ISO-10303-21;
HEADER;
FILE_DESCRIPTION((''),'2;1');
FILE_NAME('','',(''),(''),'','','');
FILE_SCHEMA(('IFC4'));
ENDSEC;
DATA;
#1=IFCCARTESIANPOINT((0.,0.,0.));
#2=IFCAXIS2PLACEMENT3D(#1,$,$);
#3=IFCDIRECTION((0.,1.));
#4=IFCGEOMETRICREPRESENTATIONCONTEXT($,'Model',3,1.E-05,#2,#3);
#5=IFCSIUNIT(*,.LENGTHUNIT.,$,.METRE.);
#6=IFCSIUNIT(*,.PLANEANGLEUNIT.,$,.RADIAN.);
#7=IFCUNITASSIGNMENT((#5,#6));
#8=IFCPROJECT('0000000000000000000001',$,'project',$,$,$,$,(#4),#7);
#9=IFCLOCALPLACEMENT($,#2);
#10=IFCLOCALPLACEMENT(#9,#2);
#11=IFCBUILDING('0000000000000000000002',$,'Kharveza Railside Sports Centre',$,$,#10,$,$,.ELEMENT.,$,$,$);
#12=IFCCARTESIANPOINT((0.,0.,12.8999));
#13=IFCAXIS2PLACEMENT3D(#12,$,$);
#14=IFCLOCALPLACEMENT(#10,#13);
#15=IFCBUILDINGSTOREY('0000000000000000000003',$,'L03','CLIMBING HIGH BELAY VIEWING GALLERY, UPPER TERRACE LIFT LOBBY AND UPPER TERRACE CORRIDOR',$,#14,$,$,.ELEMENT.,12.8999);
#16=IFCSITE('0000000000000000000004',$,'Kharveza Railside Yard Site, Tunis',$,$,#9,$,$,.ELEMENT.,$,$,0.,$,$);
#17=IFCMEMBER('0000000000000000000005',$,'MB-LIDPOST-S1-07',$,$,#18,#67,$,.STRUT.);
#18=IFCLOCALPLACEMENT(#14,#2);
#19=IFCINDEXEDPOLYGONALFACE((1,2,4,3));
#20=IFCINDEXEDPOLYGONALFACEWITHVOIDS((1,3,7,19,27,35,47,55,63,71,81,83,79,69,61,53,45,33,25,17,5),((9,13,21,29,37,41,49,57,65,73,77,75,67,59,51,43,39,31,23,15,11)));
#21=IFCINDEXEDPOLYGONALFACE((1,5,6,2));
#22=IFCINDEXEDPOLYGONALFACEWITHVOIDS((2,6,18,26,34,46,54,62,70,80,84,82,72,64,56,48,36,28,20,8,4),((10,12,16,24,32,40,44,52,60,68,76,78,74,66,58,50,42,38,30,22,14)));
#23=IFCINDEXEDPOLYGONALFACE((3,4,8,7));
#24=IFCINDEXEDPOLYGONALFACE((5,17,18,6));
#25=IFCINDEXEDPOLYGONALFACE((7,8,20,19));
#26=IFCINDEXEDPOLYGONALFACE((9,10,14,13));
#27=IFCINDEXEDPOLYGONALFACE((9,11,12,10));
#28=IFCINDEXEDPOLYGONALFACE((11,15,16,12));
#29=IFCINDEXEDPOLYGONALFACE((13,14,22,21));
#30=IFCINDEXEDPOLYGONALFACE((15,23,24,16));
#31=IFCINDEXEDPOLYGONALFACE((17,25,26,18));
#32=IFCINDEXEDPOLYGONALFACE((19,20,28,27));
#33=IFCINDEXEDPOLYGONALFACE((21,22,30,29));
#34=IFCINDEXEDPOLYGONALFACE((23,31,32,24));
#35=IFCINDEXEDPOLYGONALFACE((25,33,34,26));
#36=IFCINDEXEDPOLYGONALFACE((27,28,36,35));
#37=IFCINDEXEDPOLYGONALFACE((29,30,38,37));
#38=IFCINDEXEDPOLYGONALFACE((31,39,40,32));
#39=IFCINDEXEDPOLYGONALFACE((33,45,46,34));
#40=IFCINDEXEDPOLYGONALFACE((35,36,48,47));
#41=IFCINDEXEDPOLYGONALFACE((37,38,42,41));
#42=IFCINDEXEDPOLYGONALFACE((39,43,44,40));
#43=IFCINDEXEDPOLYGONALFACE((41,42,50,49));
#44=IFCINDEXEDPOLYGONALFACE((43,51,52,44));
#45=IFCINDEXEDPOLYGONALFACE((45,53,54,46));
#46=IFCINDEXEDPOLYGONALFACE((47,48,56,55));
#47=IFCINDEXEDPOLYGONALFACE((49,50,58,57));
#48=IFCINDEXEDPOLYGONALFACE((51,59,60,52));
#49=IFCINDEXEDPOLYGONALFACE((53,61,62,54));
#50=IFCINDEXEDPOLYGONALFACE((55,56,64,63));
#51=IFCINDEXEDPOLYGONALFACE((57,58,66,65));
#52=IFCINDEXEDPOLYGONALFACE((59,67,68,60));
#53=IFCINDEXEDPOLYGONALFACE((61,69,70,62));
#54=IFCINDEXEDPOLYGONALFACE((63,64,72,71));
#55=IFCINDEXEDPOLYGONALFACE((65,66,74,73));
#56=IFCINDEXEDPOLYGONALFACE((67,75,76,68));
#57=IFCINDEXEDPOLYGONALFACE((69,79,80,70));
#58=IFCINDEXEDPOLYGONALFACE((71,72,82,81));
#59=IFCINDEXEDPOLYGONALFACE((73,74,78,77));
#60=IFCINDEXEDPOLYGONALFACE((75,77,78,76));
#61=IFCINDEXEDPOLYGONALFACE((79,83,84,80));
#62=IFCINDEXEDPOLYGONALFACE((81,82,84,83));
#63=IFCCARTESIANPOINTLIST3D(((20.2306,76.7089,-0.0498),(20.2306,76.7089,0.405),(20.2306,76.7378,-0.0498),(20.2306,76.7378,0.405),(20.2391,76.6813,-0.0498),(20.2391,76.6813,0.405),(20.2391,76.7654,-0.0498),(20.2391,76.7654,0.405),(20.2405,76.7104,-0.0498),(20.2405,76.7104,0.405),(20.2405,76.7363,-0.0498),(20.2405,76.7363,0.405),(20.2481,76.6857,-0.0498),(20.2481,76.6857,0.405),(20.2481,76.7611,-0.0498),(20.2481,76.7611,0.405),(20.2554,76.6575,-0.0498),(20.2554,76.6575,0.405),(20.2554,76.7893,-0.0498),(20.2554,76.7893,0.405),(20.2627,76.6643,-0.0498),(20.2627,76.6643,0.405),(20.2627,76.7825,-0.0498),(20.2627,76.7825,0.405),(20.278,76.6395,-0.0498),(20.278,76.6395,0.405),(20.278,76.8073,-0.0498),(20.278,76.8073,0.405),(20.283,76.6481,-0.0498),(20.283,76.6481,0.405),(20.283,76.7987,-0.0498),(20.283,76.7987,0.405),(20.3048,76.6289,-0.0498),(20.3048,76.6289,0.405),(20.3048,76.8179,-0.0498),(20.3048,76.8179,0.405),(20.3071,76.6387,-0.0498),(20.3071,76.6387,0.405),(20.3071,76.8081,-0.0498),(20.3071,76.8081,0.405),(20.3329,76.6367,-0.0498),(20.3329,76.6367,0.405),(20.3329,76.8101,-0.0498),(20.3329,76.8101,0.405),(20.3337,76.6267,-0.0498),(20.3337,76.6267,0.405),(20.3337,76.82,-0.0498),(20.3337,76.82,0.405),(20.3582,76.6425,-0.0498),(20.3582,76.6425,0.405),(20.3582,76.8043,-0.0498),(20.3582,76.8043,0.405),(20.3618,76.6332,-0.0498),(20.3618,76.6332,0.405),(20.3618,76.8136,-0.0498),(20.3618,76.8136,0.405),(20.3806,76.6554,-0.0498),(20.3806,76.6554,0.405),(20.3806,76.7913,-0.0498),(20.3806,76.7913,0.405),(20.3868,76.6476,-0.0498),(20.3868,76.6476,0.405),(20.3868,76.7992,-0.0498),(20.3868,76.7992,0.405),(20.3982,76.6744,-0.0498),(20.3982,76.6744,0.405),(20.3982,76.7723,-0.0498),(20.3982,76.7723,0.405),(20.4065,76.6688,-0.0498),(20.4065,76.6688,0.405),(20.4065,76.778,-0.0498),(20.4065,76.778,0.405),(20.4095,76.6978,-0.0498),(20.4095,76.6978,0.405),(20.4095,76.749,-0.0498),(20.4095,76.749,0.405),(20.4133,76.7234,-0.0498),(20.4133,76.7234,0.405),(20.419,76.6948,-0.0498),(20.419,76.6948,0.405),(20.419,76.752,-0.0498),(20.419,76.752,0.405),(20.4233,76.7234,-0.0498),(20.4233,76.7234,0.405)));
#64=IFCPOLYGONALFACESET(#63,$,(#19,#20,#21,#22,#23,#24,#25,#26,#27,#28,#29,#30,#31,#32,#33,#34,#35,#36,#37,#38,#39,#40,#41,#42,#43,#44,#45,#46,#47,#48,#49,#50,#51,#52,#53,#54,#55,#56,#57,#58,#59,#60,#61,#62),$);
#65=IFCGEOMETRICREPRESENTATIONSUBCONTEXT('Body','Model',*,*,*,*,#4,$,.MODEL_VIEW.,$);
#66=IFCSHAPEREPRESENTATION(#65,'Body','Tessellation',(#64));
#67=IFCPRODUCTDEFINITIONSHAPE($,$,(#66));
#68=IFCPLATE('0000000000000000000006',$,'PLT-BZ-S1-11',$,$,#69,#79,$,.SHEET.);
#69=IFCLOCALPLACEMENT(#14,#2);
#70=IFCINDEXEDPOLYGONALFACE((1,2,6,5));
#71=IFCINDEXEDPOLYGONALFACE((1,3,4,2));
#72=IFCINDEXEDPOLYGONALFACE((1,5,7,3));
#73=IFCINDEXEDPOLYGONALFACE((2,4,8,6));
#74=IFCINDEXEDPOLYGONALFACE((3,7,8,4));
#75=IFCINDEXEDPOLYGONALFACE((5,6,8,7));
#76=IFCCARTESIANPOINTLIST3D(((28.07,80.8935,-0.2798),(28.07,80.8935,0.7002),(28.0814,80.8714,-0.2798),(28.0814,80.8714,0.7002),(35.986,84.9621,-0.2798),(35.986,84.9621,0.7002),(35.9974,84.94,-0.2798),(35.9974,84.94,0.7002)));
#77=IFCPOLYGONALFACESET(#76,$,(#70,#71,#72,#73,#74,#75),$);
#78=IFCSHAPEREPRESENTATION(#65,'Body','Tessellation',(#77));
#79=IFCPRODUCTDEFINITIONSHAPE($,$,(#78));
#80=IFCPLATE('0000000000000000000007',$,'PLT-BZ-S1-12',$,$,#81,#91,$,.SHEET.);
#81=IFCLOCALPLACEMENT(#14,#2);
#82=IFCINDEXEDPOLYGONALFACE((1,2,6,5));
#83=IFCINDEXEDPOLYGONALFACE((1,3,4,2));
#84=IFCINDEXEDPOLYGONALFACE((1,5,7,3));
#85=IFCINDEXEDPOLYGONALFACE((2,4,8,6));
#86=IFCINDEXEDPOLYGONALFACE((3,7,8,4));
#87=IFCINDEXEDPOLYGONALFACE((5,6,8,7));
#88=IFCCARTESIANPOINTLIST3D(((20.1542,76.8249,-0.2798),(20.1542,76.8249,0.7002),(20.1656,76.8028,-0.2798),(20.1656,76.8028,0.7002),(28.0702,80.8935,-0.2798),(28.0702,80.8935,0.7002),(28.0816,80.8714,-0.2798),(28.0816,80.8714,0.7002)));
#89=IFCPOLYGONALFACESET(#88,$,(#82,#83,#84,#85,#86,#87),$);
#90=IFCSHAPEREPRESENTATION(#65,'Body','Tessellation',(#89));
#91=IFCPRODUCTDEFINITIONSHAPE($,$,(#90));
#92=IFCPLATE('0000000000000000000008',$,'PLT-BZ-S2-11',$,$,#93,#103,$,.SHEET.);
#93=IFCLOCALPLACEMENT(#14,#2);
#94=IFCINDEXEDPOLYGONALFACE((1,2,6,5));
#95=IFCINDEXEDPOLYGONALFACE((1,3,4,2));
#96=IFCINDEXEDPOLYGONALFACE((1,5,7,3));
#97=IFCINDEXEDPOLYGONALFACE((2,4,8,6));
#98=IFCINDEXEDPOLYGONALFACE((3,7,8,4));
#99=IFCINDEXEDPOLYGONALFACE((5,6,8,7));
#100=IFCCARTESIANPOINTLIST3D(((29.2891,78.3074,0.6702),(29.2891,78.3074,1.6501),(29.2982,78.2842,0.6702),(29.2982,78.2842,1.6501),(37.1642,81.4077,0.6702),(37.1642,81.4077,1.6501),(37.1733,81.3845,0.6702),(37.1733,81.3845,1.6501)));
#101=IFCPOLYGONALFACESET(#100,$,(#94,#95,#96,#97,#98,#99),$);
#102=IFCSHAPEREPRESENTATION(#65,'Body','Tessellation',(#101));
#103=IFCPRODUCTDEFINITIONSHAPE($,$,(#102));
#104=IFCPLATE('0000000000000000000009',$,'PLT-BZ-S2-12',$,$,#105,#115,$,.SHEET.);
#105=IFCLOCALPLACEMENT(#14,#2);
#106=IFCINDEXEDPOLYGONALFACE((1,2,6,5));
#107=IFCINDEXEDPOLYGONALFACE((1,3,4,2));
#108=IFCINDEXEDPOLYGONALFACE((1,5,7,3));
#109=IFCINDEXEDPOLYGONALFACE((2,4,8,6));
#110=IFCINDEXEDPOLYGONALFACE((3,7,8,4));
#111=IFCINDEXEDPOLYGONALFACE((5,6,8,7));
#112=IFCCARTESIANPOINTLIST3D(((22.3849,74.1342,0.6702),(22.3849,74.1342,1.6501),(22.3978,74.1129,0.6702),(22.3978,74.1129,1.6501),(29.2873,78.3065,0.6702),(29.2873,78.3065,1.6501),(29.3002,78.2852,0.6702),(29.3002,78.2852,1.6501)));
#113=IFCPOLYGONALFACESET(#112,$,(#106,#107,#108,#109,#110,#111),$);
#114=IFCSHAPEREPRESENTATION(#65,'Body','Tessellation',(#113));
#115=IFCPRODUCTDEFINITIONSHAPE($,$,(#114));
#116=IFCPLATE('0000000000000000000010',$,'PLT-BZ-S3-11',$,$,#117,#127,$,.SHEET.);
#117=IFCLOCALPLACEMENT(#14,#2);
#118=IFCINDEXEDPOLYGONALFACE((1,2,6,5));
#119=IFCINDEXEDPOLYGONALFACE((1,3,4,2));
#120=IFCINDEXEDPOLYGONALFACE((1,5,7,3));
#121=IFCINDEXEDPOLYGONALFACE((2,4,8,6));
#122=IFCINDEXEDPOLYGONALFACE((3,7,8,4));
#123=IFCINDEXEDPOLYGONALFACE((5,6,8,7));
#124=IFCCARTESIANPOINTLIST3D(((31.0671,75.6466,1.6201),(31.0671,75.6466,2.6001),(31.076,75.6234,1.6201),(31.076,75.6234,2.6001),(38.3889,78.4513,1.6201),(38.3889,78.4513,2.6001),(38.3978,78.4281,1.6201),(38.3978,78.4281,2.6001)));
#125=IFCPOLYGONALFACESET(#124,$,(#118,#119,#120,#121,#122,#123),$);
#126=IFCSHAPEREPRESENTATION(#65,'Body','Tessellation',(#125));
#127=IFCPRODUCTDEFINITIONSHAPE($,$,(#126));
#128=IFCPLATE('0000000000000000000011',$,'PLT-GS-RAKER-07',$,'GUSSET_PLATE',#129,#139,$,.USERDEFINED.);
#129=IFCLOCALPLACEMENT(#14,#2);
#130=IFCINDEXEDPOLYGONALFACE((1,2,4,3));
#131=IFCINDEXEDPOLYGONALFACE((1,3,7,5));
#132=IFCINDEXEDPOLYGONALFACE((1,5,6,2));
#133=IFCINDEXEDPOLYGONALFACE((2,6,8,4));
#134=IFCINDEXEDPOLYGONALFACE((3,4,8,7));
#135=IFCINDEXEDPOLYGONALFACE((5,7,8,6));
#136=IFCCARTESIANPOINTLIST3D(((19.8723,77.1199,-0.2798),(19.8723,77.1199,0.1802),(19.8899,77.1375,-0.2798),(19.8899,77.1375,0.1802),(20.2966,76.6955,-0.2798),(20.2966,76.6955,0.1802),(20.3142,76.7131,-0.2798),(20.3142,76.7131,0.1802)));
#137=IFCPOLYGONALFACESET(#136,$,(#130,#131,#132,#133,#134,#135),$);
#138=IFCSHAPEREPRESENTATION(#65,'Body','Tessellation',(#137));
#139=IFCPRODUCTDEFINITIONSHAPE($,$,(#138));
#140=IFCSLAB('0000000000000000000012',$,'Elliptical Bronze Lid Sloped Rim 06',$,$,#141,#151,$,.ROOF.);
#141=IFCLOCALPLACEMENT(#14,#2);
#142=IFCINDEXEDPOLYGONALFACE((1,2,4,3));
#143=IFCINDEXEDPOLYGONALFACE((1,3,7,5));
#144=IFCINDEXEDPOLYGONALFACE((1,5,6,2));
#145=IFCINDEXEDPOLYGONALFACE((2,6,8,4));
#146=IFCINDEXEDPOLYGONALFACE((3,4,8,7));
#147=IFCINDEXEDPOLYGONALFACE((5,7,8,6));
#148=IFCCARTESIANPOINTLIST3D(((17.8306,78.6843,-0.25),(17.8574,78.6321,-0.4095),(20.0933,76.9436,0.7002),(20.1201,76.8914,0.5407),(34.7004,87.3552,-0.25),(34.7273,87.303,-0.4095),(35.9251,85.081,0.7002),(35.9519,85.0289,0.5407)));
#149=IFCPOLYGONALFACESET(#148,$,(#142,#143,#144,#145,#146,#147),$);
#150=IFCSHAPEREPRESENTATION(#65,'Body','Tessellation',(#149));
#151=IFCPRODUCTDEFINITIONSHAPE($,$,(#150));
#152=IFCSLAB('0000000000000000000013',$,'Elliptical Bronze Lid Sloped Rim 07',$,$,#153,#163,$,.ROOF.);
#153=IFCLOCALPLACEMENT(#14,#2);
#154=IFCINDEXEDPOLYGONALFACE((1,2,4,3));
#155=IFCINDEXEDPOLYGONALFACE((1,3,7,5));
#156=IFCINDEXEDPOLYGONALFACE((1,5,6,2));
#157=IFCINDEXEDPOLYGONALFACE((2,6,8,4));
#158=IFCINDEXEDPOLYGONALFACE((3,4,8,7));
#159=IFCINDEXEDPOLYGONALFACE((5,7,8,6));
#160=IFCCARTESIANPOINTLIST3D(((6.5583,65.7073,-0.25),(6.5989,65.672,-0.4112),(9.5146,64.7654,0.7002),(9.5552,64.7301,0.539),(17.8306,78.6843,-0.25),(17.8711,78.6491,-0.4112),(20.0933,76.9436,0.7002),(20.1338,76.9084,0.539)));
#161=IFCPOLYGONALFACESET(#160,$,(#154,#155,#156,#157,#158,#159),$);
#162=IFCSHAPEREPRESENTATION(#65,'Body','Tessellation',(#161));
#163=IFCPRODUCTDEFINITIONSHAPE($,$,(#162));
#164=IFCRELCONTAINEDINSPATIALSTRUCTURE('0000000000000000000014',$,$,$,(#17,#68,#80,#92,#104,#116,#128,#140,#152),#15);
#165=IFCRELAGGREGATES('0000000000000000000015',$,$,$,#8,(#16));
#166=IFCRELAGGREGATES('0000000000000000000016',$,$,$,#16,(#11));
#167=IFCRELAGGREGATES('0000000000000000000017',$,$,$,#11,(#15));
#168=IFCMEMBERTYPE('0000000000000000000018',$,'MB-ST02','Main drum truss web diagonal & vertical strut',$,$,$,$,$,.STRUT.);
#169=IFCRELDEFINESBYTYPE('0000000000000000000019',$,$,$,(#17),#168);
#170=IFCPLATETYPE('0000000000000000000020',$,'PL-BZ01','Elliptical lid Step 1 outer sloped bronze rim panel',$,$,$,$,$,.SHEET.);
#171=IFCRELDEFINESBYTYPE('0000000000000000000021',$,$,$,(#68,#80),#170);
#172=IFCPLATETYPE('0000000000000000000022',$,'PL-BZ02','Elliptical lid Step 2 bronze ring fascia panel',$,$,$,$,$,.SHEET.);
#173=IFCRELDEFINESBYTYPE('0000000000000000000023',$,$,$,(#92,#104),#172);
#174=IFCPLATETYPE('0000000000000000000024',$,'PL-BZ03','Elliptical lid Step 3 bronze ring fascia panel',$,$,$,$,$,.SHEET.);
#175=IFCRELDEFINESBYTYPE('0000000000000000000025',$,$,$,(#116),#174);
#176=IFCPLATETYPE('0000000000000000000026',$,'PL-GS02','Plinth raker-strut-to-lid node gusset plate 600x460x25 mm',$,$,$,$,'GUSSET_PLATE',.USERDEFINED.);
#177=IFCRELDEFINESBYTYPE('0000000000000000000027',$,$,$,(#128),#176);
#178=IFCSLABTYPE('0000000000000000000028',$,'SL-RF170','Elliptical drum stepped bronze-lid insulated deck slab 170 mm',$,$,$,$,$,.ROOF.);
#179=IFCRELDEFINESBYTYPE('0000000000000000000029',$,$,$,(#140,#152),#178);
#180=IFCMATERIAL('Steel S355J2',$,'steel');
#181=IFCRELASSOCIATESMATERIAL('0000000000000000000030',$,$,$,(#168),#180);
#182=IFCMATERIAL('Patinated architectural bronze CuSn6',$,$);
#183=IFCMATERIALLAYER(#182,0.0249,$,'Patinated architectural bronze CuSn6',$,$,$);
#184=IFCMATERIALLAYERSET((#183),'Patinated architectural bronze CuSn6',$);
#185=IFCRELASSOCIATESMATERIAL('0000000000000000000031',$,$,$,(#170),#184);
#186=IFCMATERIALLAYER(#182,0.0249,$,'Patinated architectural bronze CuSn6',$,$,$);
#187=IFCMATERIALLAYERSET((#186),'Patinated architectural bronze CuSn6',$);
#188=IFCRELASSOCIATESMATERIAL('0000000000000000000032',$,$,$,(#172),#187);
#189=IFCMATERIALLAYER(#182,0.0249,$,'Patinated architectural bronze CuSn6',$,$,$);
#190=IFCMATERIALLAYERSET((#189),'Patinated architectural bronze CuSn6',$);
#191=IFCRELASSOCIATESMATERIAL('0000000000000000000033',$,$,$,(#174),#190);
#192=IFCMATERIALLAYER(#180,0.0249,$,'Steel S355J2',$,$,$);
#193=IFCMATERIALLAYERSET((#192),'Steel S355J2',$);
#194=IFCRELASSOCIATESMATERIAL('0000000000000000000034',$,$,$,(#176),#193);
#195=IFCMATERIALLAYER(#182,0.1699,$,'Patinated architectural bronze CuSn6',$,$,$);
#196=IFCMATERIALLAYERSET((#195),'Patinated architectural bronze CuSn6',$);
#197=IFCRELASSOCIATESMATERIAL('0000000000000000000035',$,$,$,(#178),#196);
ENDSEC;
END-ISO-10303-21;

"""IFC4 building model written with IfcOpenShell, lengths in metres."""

from ifc_helpers import new_model, si_unit, direction, frame, origin, origin_2d, place, context, subcontext, project, spatial, polyline, rectangle, hollow_circle, outline, extrude, material, layer, layer_set, material_profile, profile_set, type_object, element, save


model = new_model("IFC4")

# Units and contexts
model_context = context("Model", 3, precision=1e-05, world=origin(), true_north=direction((0.0, 1.0)))
body_context = subcontext(model_context, "Body", "Model", "MODEL_VIEW")
ifc_project = project(units=[si_unit("LENGTHUNIT", "METRE"), si_unit("PLANEANGLEUNIT", "RADIAN")], contexts=[model_context])

# Site, building, storey
site_placement = place(None, origin())
site = spatial("IfcSite", under=ifc_project, at=site_placement, Name="Kharveza Railside Yard Site, Tunis", CompositionType="ELEMENT", RefElevation=0.0)
building_placement = place(site_placement, origin())
building = spatial("IfcBuilding", under=site, at=building_placement, Name="Kharveza Railside Sports Centre", CompositionType="ELEMENT")
storey_placement = place(building_placement, frame((0.0, 0.0, 12.8999)))
storey = spatial("IfcBuildingStorey", under=building, at=storey_placement, Name="L03", Description="CLIMBING HIGH BELAY VIEWING GALLERY, UPPER TERRACE LIFT LOBBY AND UPPER TERRACE CORRIDOR", CompositionType="ELEMENT", Elevation=12.8999)

# Shared definitions
ifc_material_1 = material(Name="Steel S355J2", Category="steel")

# Member
ifc_material_profile_1 = material_profile(ifc_material_1, hollow_circle(Radius=0.0969, WallThickness=0.01, at=origin_2d()), Name="CHS 193.7x10.0")
ifc_profile_set_1 = profile_set([ifc_material_profile_1], Name="Steel S355J2")
member_type_1 = type_object("IfcMemberType", Name="MB-ST02", Description="Main drum truss web diagonal & vertical strut", PredefinedType="STRUT", material=ifc_profile_set_1)
member_1_placement = place(storey_placement, frame((20.3264, 76.7234, -0.0498), z_axis=(0.0, 0.0, 1.0), x_axis=(1.0, 0.0, 0.0)))
element("IfcMember", 1, at=member_1_placement, inside=storey, type_object=member_type_1, Name="MB-LIDPOST-S1-07", PredefinedType="STRUT", context=body_context, shape_type="SweptSolid", body=[
    extrude(hollow_circle(Radius=0.0969, WallThickness=0.01, at=origin_2d()), origin(), (0.0, 0.0, 1.0), 0.4548),
])

# Plates
ifc_material_2 = material(Name="Patinated architectural bronze CuSn6")
ifc_layer_1 = layer(ifc_material_2, 0.0249, Name="Patinated architectural bronze CuSn6")
ifc_layer_set_1 = layer_set([ifc_layer_1], Name="Patinated architectural bronze CuSn6")
plate_type_1 = type_object("IfcPlateType", Name="PL-BZ01", Description="Elliptical lid Step 1 outer sloped bronze rim panel", PredefinedType="SHEET", material=ifc_layer_set_1)
for number, where, z_axis, x_axis, name in (
    (2, (32.0337, 82.9167, -0.2798), (0.0, 0.0, 1.0), (-0.8894, -0.457129, 0.0), "PLT-BZ-S1-11"),
    (3, (24.1179, 78.8481, -0.2798), (0.0, 0.0, 1.0), (-0.8894, -0.457129, 0.0), "PLT-BZ-S1-12"),
):
    element("IfcPlate", number, at=place(storey_placement, frame(where, z_axis=z_axis, x_axis=x_axis)), inside=storey, type_object=plate_type_1, Name=name, PredefinedType="SHEET", context=body_context, shape_type="SweptSolid", body=[
        extrude(rectangle(XDim=8.9004, YDim=0.0249, at=origin_2d()), origin(), (0.0, 0.0, 1.0), 0.98),
    ])
ifc_layer_2 = layer(ifc_material_2, 0.0249, Name="Patinated architectural bronze CuSn6")
ifc_layer_set_2 = layer_set([ifc_layer_2], Name="Patinated architectural bronze CuSn6")
plate_type_2 = type_object("IfcPlateType", Name="PL-BZ02", Description="Elliptical lid Step 2 bronze ring fascia panel", PredefinedType="SHEET", material=ifc_layer_set_2)
plate_1_placement = place(storey_placement, frame((33.2312, 79.8459, 0.6702), z_axis=(0.0, 0.0, 1.0), x_axis=(-0.930488, -0.366323, 0.0)))
element("IfcPlate", 4, at=plate_1_placement, inside=storey, type_object=plate_type_2, Name="PLT-BZ-S2-11", PredefinedType="SHEET", context=body_context, shape_type="SweptSolid", body=[
    extrude(rectangle(XDim=8.4634, YDim=0.0249, at=origin_2d()), origin(), (0.0, 0.0, 1.0), 0.98),
])
plate_2_placement = place(storey_placement, frame((25.8425, 76.2097, 0.6702), z_axis=(0.0, 0.0, 1.0), x_axis=(-0.855798, -0.51731, 0.0)))
element("IfcPlate", 5, at=plate_2_placement, inside=storey, type_object=plate_type_2, Name="PLT-BZ-S2-12", PredefinedType="SHEET", context=body_context, shape_type="SweptSolid", body=[
    extrude(rectangle(XDim=8.0654, YDim=0.0249, at=origin_2d()), origin(), (0.0, 0.0, 1.0), 0.98),
])
ifc_layer_3 = layer(ifc_material_2, 0.0249, Name="Patinated architectural bronze CuSn6")
ifc_layer_set_3 = layer_set([ifc_layer_3], Name="Patinated architectural bronze CuSn6")
plate_type_3 = type_object("IfcPlateType", Name="PL-BZ03", Description="Elliptical lid Step 3 bronze ring fascia panel", PredefinedType="SHEET", material=ifc_layer_set_3)
plate_3_placement = place(storey_placement, frame((34.7324, 77.0374, 1.6201), z_axis=(0.0, 0.0, 1.0), x_axis=(-0.93383, -0.357716, 0.0)))
element("IfcPlate", 6, at=plate_3_placement, inside=storey, type_object=plate_type_3, Name="PLT-BZ-S3-11", PredefinedType="SHEET", context=body_context, shape_type="SweptSolid", body=[
    extrude(rectangle(XDim=7.8406, YDim=0.0249, at=origin_2d()), origin(), (0.0, 0.0, 1.0), 0.98),
])
ifc_layer_4 = layer(ifc_material_1, 0.0249, Name="Steel S355J2")
ifc_layer_set_4 = layer_set([ifc_layer_4], Name="Steel S355J2")
plate_type_4 = type_object("IfcPlateType", Name="PL-GS02", Description="Plinth raker-strut-to-lid node gusset plate 600x460x25 mm", ElementType="GUSSET_PLATE", PredefinedType="USERDEFINED", material=ifc_layer_set_4)
plate_4_placement = place(storey_placement, frame((20.0933, 76.9165, -0.2798), z_axis=(0.0, 0.0, 1.0), x_axis=(-0.707107, 0.707107, 0.0)))
element("IfcPlate", 7, at=plate_4_placement, inside=storey, type_object=plate_type_4, Name="PLT-GS-RAKER-07", ObjectType="GUSSET_PLATE", PredefinedType="USERDEFINED", context=body_context, shape_type="SweptSolid", body=[
    extrude(rectangle(XDim=0.6001, YDim=0.0249, at=origin_2d()), origin(), (0.0, 0.0, 1.0), 0.46),
])

# Slabs
ifc_layer_5 = layer(ifc_material_2, 0.1699, Name="Patinated architectural bronze CuSn6")
ifc_layer_set_5 = layer_set([ifc_layer_5], Name="Patinated architectural bronze CuSn6")
slab_type = type_object("IfcSlabType", Name="SL-RF170", Description="Elliptical drum stepped bronze-lid insulated deck slab 170 mm", PredefinedType="ROOF", material=ifc_layer_set_5)
slab_1_placement = place(storey_placement, frame((34.7004, 87.3552, -0.25), z_axis=(-0.157852, 0.307111, 0.938491), x_axis=(-0.889396, -0.457138, -0.000001)))
element("IfcSlab", 8, at=slab_1_placement, inside=storey, type_object=slab_type, Name="Elliptical Bronze Lid Sloped Rim 06", PredefinedType="ROOF", context=body_context, shape_type="SweptSolid", body=[
    extrude(outline(polyline([(0.0, 0.0), (18.9678, 0.0), (17.7511, 2.7518), (-0.0496, 2.7517), (0.0, 0.0)])), origin(), (0.0, 0.0, -1.0), 0.1699),
])
slab_2_placement = place(storey_placement, frame((17.8306, 78.6843, -0.25), z_axis=(-0.238807, 0.207437, 0.948652), x_axis=(-0.655776, -0.754956, 0.000002)))
element("IfcSlab", 9, at=slab_2_placement, inside=storey, type_object=slab_type, Name="Elliptical Bronze Lid Sloped Rim 07", PredefinedType="ROOF", context=body_context, shape_type="SweptSolid", body=[
    extrude(outline(polyline([(0.0, 0.0), (17.1891, 0.0), (15.9616, 3.0038), (-0.1697, 3.004), (0.0, 0.0)])), origin(), (0.0, 0.0, -1.0), 0.1699),
])

save(model, "model.ifc")
